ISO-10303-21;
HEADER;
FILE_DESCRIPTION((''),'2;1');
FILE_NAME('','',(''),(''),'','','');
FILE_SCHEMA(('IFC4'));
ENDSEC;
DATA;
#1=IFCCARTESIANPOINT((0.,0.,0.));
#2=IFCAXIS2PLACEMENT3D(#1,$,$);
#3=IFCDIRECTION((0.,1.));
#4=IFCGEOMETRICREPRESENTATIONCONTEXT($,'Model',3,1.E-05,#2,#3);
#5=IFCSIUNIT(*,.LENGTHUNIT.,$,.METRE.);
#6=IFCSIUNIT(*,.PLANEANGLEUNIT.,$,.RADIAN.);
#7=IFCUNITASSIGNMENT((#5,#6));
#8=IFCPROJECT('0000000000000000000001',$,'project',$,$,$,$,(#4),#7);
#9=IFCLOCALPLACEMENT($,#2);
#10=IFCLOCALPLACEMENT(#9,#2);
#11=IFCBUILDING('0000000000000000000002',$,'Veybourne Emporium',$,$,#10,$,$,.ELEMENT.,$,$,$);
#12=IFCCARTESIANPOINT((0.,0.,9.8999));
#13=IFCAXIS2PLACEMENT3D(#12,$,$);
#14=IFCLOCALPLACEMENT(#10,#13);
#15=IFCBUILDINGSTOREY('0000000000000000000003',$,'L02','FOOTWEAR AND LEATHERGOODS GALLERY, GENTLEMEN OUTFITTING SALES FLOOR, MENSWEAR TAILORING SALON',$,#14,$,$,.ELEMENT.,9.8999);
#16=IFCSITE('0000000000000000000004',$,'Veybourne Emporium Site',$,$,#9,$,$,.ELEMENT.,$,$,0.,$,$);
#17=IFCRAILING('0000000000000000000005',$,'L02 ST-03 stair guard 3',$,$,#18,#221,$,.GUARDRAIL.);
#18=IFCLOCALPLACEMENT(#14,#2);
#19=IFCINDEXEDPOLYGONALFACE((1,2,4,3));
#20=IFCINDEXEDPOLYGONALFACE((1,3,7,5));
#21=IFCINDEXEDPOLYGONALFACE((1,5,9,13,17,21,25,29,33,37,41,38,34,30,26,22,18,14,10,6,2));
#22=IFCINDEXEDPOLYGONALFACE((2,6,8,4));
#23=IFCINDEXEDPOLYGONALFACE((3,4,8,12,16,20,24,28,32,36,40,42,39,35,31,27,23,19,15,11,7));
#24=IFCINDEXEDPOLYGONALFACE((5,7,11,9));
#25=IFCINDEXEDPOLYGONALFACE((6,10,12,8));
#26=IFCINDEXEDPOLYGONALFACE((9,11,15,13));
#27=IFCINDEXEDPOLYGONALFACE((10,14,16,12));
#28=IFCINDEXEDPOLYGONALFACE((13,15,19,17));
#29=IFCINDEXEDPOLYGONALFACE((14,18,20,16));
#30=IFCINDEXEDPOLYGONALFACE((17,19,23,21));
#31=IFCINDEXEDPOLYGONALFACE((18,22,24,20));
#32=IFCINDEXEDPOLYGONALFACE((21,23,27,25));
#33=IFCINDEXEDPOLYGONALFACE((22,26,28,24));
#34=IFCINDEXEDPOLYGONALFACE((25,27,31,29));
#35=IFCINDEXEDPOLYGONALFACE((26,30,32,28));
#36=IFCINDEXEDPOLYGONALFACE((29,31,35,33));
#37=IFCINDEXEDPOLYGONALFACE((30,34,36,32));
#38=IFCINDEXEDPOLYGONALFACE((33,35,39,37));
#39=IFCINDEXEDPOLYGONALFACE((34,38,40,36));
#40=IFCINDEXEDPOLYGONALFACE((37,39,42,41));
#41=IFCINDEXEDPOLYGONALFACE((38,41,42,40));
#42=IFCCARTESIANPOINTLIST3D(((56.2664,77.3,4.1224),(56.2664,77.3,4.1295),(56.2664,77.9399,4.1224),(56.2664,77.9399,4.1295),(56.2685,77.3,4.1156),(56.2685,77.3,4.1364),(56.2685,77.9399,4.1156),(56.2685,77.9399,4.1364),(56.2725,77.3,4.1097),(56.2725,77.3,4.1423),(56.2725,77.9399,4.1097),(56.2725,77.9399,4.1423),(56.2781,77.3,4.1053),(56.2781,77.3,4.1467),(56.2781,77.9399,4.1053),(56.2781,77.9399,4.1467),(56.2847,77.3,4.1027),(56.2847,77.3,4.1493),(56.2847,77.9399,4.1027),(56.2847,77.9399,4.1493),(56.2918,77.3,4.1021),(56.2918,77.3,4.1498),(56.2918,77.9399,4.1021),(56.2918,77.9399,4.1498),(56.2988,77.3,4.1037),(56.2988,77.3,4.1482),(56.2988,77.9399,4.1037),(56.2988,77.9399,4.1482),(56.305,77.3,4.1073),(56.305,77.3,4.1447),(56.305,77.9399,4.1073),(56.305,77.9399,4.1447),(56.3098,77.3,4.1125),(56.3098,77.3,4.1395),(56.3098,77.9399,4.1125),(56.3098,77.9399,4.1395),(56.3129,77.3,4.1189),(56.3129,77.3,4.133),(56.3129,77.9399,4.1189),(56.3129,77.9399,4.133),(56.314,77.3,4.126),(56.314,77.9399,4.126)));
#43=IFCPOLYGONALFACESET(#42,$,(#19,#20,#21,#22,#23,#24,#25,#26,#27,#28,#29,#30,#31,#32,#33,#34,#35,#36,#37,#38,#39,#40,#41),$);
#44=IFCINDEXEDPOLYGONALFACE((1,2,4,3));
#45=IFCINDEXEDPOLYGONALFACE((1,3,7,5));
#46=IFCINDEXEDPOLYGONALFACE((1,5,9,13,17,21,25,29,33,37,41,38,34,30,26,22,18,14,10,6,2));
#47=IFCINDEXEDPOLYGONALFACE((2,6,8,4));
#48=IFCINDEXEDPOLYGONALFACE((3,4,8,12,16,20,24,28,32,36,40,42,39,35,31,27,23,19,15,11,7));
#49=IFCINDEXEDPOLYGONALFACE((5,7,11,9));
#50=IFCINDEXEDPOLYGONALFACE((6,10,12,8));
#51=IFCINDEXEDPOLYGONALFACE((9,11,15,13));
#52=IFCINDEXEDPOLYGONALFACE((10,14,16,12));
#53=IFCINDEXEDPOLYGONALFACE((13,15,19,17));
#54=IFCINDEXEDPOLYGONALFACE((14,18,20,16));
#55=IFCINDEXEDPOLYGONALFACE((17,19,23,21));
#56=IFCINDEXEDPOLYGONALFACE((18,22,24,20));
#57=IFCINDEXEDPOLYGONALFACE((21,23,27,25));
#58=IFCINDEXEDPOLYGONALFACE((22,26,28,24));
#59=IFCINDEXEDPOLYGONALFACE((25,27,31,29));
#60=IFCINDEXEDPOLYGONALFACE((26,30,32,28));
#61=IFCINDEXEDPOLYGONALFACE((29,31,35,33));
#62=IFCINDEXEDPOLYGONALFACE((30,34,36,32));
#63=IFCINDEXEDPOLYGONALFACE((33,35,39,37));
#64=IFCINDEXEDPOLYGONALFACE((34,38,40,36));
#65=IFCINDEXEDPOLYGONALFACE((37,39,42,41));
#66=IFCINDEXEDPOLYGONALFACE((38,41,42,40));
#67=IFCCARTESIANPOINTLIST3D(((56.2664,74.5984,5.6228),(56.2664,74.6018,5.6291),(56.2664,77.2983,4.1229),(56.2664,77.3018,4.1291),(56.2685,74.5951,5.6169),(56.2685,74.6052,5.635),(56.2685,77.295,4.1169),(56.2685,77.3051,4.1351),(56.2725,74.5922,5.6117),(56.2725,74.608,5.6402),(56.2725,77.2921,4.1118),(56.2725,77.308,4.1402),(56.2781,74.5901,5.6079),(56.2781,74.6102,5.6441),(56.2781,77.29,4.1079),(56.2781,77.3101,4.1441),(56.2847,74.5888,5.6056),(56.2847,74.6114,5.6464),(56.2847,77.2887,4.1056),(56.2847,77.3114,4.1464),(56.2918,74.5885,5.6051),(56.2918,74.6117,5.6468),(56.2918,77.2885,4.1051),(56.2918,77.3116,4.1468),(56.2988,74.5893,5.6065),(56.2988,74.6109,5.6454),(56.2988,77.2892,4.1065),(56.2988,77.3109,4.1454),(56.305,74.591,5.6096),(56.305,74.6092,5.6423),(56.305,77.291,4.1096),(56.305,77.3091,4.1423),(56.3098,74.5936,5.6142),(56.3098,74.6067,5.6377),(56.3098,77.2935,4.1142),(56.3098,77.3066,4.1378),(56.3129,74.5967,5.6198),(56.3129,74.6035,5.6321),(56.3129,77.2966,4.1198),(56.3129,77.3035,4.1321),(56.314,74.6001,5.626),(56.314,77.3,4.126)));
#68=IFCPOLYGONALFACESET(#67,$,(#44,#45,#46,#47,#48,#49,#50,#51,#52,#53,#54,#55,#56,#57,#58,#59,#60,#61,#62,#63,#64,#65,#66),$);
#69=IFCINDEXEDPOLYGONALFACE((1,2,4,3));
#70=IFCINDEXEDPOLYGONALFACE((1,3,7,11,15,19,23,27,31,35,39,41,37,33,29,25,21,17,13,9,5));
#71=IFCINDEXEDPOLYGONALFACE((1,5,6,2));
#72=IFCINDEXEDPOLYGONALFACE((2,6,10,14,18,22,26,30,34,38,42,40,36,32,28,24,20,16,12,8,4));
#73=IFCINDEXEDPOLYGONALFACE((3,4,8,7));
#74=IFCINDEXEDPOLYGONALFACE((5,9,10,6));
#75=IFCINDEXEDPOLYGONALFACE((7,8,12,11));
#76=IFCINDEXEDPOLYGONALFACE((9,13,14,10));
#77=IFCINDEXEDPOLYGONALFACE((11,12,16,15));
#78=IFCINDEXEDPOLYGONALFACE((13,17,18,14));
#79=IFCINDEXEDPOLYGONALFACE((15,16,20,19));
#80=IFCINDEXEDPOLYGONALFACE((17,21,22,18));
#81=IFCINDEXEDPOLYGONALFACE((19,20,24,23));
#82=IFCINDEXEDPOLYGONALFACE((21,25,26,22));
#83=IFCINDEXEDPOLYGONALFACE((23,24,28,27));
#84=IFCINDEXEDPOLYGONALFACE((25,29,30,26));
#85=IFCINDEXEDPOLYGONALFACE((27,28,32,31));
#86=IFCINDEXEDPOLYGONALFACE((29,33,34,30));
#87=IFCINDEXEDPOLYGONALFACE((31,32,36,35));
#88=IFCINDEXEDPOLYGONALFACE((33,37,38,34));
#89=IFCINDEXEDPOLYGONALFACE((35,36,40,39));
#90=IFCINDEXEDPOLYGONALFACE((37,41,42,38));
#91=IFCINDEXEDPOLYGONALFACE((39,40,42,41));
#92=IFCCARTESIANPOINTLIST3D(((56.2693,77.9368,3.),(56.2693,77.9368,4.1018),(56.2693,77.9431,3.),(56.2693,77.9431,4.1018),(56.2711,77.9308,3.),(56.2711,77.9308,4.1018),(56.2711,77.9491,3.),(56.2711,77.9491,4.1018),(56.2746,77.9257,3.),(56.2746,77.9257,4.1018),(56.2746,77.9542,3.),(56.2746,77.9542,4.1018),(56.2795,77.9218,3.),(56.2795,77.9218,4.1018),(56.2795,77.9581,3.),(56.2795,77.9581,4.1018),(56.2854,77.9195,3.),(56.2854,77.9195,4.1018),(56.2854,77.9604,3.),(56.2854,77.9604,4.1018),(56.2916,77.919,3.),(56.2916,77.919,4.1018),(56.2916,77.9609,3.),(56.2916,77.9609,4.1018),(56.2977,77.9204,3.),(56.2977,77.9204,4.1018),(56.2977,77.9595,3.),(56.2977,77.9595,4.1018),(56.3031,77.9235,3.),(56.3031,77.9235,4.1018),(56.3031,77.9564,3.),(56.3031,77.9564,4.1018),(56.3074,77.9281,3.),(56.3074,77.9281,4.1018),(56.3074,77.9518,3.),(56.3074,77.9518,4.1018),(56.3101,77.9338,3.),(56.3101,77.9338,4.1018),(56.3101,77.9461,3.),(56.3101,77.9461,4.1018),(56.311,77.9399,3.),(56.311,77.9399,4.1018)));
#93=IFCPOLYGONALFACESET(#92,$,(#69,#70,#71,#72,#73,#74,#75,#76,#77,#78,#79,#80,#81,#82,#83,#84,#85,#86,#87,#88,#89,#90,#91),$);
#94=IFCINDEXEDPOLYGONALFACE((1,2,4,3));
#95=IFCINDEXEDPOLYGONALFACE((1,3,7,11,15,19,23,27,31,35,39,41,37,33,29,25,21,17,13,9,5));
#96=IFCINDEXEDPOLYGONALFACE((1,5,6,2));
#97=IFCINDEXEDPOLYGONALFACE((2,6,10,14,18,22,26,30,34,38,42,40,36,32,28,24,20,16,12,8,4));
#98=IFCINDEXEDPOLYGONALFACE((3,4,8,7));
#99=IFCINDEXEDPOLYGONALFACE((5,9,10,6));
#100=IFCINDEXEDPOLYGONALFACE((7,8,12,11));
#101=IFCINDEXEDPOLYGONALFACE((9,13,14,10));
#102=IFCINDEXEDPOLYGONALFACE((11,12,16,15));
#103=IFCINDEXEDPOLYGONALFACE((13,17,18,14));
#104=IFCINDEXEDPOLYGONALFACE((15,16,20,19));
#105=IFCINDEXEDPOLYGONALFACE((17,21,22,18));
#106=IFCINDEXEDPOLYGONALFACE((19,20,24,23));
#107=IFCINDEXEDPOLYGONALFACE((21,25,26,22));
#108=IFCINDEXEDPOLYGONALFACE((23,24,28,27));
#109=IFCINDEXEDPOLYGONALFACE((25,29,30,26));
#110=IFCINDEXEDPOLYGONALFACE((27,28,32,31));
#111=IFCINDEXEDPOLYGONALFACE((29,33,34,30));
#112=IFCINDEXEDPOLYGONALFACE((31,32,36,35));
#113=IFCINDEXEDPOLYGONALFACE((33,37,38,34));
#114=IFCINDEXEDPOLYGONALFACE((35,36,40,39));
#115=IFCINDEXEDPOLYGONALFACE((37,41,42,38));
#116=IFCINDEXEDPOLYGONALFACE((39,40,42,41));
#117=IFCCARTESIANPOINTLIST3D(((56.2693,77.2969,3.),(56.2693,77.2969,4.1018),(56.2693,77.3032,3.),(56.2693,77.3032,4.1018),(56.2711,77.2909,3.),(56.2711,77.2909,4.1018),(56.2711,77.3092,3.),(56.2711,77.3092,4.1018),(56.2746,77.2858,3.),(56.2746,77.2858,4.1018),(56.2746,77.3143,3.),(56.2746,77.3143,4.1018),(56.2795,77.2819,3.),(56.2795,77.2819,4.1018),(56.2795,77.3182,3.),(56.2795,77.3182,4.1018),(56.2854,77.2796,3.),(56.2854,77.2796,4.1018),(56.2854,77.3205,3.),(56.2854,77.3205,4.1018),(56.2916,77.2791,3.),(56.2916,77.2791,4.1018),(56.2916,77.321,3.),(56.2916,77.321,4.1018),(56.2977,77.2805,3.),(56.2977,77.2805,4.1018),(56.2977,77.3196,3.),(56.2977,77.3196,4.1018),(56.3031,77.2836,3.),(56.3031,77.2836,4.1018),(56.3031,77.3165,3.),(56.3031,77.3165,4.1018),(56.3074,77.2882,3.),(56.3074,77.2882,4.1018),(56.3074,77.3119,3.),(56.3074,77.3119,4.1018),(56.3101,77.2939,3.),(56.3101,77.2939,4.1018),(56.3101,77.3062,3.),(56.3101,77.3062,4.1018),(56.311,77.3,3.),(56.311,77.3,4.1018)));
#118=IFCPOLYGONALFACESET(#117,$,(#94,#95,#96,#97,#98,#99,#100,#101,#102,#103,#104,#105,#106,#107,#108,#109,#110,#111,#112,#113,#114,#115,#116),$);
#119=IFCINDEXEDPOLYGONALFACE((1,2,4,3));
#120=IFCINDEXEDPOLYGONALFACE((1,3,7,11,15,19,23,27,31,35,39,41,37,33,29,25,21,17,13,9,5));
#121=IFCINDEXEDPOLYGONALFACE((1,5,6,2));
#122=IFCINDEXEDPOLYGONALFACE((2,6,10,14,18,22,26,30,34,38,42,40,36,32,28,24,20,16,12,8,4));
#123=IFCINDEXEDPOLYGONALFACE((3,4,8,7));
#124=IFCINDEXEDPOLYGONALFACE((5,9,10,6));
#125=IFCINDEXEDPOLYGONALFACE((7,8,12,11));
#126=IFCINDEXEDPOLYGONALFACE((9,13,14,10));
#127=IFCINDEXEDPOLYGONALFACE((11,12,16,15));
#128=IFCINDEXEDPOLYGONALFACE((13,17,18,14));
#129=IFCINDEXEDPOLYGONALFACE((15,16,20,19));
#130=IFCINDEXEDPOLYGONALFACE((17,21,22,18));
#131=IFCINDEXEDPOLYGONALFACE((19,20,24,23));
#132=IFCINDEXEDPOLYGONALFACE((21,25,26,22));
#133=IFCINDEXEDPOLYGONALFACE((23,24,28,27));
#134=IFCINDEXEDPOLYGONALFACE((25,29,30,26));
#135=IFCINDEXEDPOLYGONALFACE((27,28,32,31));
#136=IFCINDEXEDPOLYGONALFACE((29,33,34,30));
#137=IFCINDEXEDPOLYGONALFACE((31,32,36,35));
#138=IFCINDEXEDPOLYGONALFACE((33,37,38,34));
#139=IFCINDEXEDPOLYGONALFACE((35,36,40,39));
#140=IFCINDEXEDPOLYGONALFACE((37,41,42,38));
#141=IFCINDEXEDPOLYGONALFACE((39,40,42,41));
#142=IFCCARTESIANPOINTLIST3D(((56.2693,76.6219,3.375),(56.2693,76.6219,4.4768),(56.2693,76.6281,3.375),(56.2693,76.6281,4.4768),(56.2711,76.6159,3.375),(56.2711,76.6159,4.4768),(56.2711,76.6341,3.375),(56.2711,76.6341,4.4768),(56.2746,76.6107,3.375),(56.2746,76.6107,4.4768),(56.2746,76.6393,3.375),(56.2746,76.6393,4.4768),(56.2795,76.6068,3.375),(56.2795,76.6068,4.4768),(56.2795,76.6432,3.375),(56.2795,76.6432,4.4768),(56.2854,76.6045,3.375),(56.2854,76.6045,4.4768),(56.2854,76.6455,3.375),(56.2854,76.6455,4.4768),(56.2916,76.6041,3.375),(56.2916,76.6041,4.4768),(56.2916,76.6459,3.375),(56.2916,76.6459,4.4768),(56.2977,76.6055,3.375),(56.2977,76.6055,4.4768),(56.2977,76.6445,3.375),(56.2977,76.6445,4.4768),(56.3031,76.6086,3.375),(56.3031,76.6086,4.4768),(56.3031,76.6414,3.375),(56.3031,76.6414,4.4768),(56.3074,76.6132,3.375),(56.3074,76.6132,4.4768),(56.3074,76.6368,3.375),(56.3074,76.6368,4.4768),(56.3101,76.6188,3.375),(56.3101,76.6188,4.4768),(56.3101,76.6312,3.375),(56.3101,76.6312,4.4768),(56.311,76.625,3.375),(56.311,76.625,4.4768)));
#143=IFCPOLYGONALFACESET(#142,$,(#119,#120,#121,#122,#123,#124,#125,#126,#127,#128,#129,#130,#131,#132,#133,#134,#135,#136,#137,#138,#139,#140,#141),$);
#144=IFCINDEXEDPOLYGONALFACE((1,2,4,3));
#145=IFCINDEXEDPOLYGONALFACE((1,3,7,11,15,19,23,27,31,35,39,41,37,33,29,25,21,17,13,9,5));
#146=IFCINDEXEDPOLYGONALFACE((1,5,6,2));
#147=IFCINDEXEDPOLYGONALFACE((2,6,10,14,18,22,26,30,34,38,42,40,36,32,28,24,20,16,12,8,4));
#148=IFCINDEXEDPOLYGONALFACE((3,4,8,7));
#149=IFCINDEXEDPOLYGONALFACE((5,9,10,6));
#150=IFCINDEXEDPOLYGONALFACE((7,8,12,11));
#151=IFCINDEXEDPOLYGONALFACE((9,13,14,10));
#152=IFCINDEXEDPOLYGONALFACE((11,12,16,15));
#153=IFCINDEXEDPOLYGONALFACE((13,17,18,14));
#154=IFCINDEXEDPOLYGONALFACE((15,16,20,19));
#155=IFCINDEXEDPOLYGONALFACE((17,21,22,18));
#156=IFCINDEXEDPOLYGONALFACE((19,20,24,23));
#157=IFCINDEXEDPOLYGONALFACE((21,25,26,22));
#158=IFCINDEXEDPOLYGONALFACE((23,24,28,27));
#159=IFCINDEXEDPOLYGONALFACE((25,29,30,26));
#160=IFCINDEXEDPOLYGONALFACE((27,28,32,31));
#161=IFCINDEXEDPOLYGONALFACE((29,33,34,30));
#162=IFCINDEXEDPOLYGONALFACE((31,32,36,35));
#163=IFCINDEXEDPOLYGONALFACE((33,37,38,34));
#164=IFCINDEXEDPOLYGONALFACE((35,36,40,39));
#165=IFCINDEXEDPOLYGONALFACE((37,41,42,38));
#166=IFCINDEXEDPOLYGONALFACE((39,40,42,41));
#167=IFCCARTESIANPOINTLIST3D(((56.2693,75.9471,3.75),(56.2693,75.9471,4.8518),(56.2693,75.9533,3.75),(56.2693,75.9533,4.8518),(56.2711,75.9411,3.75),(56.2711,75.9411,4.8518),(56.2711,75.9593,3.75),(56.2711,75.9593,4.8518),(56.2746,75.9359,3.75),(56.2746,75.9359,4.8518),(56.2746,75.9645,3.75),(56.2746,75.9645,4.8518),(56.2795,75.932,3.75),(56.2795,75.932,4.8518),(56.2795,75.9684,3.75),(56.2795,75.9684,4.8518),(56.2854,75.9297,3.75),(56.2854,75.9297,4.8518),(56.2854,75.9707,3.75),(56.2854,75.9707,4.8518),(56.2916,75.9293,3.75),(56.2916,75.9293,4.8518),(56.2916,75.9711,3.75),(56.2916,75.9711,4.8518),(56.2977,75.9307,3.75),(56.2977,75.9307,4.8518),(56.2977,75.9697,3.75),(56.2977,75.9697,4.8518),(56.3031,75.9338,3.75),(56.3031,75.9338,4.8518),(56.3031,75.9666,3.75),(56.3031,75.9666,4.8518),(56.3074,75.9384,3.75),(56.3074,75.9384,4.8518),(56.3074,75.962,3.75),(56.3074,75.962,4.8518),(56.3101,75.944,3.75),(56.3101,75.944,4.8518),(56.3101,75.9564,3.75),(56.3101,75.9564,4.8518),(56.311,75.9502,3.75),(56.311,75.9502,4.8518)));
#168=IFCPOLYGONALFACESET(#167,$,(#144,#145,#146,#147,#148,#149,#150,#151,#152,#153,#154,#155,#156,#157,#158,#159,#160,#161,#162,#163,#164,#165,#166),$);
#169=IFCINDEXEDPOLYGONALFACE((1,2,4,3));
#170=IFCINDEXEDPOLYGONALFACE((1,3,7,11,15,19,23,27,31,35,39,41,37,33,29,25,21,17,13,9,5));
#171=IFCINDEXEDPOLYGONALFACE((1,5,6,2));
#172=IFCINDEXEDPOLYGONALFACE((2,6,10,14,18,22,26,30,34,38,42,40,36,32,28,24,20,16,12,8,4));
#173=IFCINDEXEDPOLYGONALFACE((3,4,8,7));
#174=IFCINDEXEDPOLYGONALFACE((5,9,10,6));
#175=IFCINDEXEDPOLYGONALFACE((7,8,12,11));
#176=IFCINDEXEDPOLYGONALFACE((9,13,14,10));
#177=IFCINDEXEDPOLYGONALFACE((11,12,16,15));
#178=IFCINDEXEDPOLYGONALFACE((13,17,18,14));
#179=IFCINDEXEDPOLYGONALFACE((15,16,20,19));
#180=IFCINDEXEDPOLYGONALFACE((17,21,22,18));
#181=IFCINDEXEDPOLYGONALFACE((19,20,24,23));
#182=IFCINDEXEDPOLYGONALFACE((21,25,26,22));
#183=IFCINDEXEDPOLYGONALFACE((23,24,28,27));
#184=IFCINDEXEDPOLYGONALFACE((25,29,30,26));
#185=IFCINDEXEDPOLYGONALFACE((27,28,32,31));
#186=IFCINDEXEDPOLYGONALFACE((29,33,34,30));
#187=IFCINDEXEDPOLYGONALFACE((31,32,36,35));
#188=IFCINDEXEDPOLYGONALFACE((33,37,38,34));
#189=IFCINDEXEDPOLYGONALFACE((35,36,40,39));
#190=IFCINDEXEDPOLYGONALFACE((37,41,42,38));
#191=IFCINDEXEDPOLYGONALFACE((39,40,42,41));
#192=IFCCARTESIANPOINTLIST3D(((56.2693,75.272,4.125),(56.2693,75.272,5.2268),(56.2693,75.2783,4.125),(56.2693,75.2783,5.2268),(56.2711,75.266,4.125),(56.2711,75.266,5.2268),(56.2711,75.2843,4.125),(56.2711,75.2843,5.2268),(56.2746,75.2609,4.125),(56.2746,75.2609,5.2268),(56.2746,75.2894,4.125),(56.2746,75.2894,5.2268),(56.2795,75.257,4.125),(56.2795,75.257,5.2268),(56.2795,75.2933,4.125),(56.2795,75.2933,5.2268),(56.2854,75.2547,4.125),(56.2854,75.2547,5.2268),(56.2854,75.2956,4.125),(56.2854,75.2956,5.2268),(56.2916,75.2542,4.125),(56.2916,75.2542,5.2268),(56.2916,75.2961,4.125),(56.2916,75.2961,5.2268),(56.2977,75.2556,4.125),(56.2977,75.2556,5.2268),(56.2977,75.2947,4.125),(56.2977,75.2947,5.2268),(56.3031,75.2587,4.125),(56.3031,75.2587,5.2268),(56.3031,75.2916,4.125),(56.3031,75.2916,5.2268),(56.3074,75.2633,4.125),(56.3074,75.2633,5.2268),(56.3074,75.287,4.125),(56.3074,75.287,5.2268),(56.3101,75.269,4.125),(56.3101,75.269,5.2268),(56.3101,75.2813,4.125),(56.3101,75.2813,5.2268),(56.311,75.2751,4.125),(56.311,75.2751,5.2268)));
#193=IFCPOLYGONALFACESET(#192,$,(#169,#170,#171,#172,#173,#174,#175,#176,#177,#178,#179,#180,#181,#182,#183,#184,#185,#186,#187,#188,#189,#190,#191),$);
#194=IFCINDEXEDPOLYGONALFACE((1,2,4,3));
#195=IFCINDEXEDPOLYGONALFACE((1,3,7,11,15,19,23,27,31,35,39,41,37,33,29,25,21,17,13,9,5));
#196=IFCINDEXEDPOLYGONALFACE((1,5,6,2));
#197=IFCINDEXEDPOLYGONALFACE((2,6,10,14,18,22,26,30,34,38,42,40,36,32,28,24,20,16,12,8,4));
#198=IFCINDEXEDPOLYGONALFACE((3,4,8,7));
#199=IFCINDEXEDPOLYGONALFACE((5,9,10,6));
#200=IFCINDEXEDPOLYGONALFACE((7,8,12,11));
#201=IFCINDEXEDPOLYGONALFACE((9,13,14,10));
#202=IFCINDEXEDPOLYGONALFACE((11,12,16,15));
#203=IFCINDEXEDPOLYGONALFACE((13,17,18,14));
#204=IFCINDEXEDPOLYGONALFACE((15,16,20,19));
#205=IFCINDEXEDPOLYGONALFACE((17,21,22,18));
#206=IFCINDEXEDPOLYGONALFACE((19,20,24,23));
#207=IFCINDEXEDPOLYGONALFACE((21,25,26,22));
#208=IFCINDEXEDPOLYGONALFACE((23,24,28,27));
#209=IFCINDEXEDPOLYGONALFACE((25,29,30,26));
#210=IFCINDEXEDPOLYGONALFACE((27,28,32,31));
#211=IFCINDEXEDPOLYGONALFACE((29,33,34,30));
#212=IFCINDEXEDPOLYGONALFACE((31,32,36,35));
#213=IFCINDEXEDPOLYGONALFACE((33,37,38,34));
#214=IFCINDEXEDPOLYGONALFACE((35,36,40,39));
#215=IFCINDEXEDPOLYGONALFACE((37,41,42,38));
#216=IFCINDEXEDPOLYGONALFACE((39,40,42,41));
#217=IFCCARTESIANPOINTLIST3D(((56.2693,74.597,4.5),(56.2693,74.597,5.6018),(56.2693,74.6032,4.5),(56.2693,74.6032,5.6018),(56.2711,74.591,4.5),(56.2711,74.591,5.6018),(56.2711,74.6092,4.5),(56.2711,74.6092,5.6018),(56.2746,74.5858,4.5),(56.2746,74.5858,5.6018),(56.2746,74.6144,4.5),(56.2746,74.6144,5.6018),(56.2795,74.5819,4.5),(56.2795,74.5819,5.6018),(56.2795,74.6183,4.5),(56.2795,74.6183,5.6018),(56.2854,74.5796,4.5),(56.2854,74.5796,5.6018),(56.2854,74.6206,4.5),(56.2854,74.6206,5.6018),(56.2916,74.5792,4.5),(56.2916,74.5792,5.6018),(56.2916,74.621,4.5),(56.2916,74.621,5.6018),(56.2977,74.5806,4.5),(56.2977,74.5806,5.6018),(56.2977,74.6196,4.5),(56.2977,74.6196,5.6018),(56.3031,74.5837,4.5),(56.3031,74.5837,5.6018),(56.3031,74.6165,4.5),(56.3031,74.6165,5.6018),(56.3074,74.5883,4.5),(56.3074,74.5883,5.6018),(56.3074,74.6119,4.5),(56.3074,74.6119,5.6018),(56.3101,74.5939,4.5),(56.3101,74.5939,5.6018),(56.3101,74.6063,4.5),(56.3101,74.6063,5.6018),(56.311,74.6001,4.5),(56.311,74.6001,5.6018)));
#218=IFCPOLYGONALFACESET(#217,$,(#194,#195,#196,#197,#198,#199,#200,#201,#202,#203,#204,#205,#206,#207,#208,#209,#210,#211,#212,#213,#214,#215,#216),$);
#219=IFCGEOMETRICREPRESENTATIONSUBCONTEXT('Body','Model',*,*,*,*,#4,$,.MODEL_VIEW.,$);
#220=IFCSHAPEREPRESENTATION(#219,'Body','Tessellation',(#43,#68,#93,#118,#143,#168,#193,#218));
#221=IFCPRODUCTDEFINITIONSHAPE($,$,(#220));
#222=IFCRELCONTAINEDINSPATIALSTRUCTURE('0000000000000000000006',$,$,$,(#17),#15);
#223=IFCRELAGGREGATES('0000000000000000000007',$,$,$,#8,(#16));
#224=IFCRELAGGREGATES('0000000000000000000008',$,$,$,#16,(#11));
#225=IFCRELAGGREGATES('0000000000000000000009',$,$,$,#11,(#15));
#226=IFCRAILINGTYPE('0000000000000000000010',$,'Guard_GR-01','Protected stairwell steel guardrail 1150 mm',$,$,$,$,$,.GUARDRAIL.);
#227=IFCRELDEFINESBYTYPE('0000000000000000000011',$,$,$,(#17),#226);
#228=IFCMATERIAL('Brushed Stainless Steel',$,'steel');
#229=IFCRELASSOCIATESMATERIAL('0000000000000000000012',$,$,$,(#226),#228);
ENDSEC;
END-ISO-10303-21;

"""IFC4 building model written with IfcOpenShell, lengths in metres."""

from ifc_helpers import new_model, si_unit, direction, frame, origin, origin_2d, place, context, subcontext, project, spatial, circle, extrude, material, type_object, element, save


model = new_model("IFC4")

# Units and contexts
model_context = context("Model", 3, precision=1e-05, world=origin(), true_north=direction((0.0, 1.0)))
body_context = subcontext(model_context, "Body", "Model", "MODEL_VIEW")
ifc_project = project(units=[si_unit("LENGTHUNIT", "METRE"), si_unit("PLANEANGLEUNIT", "RADIAN")], contexts=[model_context])

# Site, building, storey
site_placement = place(None, origin())
site = spatial("IfcSite", under=ifc_project, at=site_placement, Name="Veybourne Emporium Site", CompositionType="ELEMENT", RefElevation=0.0)
building_placement = place(site_placement, origin())
building = spatial("IfcBuilding", under=site, at=building_placement, Name="Veybourne Emporium", CompositionType="ELEMENT")
storey_placement = place(building_placement, frame((0.0, 0.0, 9.8999)))
storey = spatial("IfcBuildingStorey", under=building, at=storey_placement, Name="L02", Description="FOOTWEAR AND LEATHERGOODS GALLERY, GENTLEMEN OUTFITTING SALES FLOOR, MENSWEAR TAILORING SALON", CompositionType="ELEMENT", Elevation=9.8999)

# Railing
ifc_material_1 = material(Name="Brushed Stainless Steel", Category="steel")
railing_type_1 = type_object("IfcRailingType", Name="Guard_GR-01", Description="Protected stairwell steel guardrail 1150 mm", PredefinedType="GUARDRAIL", material=ifc_material_1)
railing_1_placement = place(storey_placement, frame((56.29, 77.9399, 3.0)))
element("IfcRailing", 1, at=railing_1_placement, inside=storey, type_object=railing_type_1, Name="L02 ST-03 stair guard 3", PredefinedType="GUARDRAIL", context=body_context, shape_type="SweptSolid", body=[
    extrude(circle(Radius=0.0239, at=origin_2d()), frame((0.0, 0.0, 1.126), z_axis=(0.0, -1.0, 0.0), x_axis=(1.0, 0.0, 0.0)), (0.0, 0.0, 1.0), 0.6399),
    extrude(circle(Radius=0.0239, at=origin_2d()), frame((0.0, -0.6399, 1.126), z_axis=(0.0, -0.874154, 0.48565), x_axis=(1.0, 0.0, 0.0)), (0.0, 0.0, 1.0), 3.0886),
    extrude(circle(Radius=0.021, at=origin_2d()), origin(), (0.0, 0.0, 1.0), 1.1018),
    extrude(circle(Radius=0.021, at=origin_2d()), frame((0.0, -0.6399, 0.0)), (0.0, 0.0, 1.0), 1.1018),
    extrude(circle(Radius=0.021, at=origin_2d()), frame((0.0, -1.3149, 0.375)), (0.0, 0.0, 1.0), 1.1018),
    extrude(circle(Radius=0.021, at=origin_2d()), frame((0.0, -1.9897, 0.75)), (0.0, 0.0, 1.0), 1.1018),
    extrude(circle(Radius=0.021, at=origin_2d()), frame((0.0, -2.6648, 1.125)), (0.0, 0.0, 1.0), 1.1018),
    extrude(circle(Radius=0.021, at=origin_2d()), frame((0.0, -3.3398, 1.5)), (0.0, 0.0, 1.0), 1.1018),
])

save(model, "model.ifc")
